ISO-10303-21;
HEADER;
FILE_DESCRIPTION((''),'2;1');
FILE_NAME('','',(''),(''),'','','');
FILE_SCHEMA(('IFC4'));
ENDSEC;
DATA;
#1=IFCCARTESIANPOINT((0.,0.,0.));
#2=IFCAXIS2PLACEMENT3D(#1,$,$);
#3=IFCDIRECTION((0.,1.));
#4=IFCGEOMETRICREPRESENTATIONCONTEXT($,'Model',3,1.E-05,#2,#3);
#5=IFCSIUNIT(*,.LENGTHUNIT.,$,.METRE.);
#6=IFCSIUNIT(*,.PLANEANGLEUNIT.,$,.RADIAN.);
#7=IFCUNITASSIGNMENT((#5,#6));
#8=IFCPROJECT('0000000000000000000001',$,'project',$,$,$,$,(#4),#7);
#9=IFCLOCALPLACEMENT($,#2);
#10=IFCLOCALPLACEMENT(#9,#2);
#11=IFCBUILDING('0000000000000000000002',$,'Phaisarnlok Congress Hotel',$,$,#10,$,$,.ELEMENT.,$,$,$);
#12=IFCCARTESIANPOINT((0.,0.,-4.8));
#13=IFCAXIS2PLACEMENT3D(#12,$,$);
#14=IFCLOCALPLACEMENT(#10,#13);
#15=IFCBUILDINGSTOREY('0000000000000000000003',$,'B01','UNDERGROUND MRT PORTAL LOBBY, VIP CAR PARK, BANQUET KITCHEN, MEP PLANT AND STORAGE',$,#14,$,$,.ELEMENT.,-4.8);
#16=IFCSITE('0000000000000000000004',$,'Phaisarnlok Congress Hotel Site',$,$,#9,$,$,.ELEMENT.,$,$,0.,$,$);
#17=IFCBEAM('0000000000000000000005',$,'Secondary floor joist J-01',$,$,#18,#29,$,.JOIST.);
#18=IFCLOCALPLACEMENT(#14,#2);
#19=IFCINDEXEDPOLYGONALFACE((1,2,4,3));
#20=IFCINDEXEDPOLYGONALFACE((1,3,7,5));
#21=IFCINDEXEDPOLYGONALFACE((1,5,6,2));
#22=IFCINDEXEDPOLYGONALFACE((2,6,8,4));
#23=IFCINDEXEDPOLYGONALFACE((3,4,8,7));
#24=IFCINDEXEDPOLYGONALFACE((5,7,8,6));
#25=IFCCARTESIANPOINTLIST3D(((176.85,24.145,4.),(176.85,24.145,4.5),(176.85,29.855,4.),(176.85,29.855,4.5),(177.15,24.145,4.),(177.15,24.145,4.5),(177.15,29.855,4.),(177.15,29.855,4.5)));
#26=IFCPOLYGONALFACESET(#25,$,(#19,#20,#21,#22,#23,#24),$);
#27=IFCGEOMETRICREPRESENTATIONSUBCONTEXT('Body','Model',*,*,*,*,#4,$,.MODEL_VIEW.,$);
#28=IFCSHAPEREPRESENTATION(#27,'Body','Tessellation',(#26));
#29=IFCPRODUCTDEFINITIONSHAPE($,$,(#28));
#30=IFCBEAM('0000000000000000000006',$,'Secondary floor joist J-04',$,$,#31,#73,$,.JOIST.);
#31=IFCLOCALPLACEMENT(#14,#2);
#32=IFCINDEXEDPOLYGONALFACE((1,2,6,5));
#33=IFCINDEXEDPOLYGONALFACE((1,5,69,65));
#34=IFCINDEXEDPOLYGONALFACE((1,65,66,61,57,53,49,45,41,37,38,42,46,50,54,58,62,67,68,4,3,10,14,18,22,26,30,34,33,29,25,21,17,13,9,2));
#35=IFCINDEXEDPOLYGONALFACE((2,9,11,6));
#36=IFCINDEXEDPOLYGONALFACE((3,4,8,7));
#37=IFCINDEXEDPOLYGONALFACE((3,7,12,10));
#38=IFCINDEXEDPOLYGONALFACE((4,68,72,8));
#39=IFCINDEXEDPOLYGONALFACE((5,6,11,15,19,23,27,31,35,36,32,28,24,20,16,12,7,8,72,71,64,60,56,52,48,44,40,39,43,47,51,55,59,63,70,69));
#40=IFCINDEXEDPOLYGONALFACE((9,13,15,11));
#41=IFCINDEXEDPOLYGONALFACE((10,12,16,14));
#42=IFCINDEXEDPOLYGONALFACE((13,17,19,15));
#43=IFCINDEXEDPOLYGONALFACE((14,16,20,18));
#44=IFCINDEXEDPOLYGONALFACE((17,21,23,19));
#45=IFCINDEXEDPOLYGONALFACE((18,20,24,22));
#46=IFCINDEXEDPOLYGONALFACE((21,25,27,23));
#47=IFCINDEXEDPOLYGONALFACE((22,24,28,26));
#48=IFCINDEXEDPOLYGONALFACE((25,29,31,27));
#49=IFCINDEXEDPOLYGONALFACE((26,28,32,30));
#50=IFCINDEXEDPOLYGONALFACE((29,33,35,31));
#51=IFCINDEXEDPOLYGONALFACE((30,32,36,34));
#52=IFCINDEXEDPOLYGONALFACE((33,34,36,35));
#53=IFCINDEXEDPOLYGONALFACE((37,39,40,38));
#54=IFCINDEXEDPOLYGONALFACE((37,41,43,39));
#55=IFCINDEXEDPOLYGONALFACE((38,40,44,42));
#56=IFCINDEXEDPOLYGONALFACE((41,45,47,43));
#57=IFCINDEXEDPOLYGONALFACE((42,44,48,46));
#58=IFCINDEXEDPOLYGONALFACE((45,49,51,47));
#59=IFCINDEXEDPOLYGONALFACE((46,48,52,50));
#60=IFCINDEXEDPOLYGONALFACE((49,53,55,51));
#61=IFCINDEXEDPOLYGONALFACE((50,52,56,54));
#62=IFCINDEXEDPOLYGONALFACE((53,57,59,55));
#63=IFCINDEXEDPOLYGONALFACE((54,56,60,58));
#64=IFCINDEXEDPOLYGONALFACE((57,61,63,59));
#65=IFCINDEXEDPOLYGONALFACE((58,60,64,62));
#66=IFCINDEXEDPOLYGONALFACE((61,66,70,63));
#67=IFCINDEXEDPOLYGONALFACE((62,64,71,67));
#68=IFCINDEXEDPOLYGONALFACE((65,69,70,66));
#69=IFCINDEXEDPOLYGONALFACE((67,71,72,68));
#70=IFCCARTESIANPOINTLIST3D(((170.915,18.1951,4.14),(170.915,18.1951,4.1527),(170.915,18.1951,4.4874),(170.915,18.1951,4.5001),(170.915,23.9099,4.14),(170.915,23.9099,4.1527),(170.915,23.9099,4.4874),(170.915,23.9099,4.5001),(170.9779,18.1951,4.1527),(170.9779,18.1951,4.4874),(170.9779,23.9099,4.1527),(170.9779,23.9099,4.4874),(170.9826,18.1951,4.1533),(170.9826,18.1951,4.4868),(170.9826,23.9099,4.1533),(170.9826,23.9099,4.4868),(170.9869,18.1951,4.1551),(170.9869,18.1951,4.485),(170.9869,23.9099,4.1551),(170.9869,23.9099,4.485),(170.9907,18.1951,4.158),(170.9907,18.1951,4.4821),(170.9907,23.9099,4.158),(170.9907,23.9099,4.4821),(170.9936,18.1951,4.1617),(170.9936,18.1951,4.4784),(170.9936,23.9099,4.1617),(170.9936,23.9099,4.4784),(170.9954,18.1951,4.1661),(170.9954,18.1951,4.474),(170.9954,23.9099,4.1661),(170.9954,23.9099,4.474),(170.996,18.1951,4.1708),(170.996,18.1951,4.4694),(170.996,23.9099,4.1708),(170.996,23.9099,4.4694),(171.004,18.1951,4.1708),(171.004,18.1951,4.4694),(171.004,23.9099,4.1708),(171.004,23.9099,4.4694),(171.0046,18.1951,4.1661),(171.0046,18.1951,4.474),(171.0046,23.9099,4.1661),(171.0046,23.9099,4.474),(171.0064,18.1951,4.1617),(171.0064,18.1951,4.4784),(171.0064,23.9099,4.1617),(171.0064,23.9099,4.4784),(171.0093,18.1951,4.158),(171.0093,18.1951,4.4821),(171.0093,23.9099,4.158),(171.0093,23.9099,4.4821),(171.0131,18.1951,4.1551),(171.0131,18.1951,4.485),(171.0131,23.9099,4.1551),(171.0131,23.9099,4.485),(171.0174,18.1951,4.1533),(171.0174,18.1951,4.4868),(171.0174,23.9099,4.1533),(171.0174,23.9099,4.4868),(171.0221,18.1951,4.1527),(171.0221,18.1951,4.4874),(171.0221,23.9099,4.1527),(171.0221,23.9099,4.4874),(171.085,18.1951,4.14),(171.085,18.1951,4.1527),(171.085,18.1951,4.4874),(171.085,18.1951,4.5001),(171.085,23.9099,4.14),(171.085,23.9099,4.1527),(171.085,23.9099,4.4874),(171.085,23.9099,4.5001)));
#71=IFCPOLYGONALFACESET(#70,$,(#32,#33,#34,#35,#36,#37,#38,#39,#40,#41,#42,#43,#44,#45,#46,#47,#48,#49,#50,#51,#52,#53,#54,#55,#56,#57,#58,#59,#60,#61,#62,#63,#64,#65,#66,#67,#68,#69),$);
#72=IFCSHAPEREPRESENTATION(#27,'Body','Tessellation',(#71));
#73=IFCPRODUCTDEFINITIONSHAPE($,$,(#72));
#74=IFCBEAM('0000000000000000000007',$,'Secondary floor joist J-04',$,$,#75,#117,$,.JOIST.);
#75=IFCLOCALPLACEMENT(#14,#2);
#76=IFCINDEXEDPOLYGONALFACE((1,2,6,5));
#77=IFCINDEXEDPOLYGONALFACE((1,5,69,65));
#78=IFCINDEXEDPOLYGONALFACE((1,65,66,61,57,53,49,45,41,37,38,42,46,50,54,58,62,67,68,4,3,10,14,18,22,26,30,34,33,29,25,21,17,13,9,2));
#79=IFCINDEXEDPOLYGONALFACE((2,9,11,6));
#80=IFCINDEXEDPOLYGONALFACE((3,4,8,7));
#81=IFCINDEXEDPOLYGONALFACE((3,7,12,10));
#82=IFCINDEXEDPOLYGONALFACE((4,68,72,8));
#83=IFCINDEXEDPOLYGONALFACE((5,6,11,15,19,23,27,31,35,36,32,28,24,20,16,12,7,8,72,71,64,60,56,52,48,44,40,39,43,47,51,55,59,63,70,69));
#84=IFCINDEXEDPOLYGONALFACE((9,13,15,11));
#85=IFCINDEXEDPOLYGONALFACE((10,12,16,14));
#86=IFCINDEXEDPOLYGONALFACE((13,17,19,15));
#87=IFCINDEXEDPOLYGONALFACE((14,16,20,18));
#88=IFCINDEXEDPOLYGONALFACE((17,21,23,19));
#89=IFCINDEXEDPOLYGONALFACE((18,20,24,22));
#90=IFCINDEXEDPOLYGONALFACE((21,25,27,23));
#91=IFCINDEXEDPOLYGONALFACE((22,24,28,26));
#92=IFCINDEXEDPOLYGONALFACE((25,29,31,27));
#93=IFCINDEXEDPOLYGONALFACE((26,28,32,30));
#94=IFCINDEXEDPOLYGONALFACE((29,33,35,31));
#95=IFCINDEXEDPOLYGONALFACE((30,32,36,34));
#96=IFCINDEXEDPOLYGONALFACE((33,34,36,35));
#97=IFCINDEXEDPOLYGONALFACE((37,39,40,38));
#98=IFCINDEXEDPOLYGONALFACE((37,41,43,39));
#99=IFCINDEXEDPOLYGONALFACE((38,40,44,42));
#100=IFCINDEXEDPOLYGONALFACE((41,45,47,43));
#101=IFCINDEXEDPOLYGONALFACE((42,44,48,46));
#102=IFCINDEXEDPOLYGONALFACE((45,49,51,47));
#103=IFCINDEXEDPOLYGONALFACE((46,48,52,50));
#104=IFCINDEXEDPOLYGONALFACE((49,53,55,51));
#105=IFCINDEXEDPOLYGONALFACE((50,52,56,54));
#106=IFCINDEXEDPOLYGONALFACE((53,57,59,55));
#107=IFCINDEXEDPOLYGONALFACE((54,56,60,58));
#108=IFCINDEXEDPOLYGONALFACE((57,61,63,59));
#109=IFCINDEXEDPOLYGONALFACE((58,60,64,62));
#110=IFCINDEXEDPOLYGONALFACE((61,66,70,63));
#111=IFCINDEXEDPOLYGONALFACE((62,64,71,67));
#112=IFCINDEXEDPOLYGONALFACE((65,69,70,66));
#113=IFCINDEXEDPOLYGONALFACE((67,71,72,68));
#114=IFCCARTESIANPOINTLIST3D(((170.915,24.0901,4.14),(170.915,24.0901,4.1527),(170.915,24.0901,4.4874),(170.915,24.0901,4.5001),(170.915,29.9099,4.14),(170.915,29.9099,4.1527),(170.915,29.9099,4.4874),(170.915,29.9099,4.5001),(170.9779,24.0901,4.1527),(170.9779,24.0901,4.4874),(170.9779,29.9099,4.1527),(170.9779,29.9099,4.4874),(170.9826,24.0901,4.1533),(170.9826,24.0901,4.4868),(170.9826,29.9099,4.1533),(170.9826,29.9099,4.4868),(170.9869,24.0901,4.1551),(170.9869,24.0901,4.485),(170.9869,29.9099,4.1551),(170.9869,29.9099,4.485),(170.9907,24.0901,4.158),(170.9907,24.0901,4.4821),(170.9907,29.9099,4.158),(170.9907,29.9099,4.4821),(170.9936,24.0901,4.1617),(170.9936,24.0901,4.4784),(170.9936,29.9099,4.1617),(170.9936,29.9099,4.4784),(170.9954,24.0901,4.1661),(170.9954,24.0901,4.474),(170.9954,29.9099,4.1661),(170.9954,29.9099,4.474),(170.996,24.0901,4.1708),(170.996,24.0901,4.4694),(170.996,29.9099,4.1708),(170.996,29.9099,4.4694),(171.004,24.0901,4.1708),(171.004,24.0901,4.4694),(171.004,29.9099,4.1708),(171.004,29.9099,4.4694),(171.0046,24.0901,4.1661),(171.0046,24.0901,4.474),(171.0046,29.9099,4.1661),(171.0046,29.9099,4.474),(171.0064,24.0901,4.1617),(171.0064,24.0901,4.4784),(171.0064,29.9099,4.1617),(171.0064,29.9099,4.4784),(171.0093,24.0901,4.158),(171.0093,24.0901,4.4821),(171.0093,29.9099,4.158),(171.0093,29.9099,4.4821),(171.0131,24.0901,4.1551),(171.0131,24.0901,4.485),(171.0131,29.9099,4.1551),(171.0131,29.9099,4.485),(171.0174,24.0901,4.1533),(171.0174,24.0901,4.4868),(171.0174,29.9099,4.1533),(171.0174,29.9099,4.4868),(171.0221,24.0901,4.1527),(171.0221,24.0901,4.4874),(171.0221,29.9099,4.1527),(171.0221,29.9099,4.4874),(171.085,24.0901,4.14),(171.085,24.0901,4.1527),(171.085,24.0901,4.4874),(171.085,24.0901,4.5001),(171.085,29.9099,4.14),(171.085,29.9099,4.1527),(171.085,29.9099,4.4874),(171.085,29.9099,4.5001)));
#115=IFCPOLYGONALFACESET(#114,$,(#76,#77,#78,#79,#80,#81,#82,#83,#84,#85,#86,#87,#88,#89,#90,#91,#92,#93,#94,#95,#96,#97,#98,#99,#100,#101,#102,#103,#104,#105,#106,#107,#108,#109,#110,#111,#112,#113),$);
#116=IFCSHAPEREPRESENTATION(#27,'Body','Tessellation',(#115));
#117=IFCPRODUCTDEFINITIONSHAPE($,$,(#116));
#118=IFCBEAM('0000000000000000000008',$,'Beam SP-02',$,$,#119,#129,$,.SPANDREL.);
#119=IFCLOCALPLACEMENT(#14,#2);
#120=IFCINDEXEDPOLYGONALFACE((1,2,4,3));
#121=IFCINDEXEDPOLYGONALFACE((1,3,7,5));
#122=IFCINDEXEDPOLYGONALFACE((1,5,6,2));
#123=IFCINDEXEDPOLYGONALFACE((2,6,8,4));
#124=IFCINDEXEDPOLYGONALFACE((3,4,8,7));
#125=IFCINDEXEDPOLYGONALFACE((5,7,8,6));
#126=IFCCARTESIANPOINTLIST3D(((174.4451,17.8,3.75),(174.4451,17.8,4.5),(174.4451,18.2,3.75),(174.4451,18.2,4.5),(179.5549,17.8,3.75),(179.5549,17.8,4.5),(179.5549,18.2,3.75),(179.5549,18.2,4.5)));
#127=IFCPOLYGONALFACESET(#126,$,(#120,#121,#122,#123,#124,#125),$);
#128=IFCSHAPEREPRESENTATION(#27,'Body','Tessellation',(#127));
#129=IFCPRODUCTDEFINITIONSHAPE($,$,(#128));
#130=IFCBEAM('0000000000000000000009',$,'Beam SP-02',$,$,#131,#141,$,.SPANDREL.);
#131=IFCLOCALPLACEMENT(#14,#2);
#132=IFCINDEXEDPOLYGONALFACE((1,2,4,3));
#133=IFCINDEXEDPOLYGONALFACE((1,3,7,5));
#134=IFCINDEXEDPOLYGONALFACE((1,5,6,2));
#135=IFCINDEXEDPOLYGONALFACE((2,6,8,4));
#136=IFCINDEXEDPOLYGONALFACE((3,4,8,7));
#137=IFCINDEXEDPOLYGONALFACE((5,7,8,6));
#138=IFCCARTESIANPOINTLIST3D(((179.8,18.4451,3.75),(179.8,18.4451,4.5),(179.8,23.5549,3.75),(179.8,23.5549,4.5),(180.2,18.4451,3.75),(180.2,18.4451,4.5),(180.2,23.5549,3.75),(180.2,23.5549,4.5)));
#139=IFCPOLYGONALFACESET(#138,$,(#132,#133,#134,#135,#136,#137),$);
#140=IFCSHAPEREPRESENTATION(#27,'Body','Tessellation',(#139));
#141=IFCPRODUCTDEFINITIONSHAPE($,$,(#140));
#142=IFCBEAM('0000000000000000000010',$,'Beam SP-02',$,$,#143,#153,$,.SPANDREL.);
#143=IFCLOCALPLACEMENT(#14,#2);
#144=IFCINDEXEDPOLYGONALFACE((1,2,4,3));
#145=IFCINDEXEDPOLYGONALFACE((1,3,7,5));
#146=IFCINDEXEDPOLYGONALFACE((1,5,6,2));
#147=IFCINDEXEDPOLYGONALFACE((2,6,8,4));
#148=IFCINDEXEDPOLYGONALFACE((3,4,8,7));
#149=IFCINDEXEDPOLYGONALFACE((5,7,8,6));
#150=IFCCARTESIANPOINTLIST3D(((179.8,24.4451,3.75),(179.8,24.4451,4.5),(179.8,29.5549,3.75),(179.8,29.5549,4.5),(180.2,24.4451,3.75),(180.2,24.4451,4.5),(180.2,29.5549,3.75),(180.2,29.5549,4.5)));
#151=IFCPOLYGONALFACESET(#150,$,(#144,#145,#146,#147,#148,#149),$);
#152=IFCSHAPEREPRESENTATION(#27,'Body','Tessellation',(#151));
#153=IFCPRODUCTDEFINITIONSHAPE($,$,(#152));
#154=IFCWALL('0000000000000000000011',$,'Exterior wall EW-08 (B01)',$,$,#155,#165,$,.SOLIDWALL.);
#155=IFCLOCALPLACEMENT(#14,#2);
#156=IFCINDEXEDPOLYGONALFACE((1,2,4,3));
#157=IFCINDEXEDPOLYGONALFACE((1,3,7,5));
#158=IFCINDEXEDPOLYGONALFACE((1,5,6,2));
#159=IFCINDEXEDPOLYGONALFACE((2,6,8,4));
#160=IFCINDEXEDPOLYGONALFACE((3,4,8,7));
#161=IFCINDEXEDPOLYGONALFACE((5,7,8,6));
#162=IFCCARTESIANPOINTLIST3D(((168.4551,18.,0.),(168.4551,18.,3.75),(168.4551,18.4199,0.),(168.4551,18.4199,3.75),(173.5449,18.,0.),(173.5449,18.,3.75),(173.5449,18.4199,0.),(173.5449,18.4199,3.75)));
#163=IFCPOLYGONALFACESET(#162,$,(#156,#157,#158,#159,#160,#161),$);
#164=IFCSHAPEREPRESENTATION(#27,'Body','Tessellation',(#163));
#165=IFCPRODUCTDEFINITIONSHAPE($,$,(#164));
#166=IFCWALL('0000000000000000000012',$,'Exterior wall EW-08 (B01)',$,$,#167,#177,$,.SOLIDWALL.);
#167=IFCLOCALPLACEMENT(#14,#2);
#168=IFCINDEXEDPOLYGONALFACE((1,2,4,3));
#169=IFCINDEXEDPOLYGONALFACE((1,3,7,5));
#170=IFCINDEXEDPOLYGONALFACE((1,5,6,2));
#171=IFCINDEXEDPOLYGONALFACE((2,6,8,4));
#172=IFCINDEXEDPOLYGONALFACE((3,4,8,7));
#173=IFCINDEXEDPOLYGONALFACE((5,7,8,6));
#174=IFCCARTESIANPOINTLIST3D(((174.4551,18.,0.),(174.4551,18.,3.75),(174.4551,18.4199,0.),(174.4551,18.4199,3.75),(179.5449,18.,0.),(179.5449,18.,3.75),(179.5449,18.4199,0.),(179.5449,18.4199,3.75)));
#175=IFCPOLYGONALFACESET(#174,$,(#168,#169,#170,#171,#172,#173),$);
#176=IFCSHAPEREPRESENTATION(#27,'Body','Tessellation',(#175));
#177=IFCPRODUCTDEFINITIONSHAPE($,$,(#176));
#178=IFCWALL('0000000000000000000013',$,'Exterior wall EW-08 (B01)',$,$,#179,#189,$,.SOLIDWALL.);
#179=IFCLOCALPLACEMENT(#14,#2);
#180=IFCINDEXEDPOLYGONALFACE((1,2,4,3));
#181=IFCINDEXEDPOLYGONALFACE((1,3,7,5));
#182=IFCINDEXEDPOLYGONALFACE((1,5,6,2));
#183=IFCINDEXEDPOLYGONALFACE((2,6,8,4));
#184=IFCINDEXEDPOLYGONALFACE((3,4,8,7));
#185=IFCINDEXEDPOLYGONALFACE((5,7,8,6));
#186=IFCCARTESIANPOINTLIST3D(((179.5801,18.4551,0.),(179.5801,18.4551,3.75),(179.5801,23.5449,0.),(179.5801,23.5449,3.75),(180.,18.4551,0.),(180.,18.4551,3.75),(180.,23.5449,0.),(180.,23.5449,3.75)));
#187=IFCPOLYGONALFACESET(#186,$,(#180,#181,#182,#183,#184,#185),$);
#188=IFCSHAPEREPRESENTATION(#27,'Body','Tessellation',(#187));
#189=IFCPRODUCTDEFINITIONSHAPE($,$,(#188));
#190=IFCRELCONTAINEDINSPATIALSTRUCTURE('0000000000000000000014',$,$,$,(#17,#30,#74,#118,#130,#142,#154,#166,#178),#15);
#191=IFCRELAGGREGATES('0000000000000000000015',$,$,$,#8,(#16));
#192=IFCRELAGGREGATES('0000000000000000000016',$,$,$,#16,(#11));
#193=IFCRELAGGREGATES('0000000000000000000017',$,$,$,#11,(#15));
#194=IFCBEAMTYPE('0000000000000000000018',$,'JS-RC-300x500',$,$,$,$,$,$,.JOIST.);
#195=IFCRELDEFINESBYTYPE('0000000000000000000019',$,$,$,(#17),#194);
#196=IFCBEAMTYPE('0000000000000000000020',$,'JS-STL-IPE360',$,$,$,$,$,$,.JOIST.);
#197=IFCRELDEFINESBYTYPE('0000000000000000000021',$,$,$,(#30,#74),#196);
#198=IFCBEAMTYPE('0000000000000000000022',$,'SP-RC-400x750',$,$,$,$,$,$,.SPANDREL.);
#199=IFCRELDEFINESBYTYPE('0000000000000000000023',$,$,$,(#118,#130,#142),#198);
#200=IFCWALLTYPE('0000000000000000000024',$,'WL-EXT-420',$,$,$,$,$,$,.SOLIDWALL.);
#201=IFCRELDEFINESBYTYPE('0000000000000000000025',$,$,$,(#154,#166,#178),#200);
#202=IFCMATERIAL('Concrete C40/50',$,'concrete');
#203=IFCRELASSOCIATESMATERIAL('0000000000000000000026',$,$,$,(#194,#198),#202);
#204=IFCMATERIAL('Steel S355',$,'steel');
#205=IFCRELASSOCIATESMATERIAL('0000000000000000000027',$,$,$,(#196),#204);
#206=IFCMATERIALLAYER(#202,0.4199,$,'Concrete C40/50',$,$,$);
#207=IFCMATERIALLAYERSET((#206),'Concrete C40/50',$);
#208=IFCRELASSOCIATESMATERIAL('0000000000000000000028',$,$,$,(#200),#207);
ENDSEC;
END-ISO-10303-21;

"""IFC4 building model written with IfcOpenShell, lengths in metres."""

from ifc_helpers import new_model, si_unit, direction, frame, frame_2d, origin, origin_2d, place, context, subcontext, project, spatial, rectangle, i_section, extrude, material, layer, layer_set, material_profile, profile_set, type_object, element, save


model = new_model("IFC4")

# Units and contexts
model_context = context("Model", 3, precision=1e-05, world=origin(), true_north=direction((0.0, 1.0)))
body_context = subcontext(model_context, "Body", "Model", "MODEL_VIEW")
ifc_project = project(units=[si_unit("LENGTHUNIT", "METRE"), si_unit("PLANEANGLEUNIT", "RADIAN")], contexts=[model_context])

# Site, building, storey
site_placement = place(None, origin())
site = spatial("IfcSite", under=ifc_project, at=site_placement, Name="Phaisarnlok Congress Hotel Site", CompositionType="ELEMENT", RefElevation=0.0)
building_placement = place(site_placement, origin())
building = spatial("IfcBuilding", under=site, at=building_placement, Name="Phaisarnlok Congress Hotel", CompositionType="ELEMENT")
storey_placement = place(building_placement, frame((0.0, 0.0, -4.8)))
storey = spatial("IfcBuildingStorey", under=building, at=storey_placement, Name="B01", Description="UNDERGROUND MRT PORTAL LOBBY, VIP CAR PARK, BANQUET KITCHEN, MEP PLANT AND STORAGE", CompositionType="ELEMENT", Elevation=-4.8)

# Shared definitions
ifc_material_1 = material(Name="Concrete C40/50", Category="concrete")

# Beams
ifc_material_2 = material(Name="Steel S355", Category="steel")
ifc_material_profile_1 = material_profile(ifc_material_1, rectangle(XDim=0.3, YDim=0.5, at=origin_2d()), Name="RC 300x500")
ifc_profile_set_1 = profile_set([ifc_material_profile_1], Name="Concrete C40/50")
beam_type_1 = type_object("IfcBeamType", Name="JS-RC-300x500", PredefinedType="JOIST", material=ifc_profile_set_1)
beam_1_placement = place(storey_placement, frame((177.0, 24.145, 4.25), z_axis=(0.0, 1.0, 0.0), x_axis=(-1.0, 0.0, 0.0)))
element("IfcBeam", 1, at=beam_1_placement, inside=storey, type_object=beam_type_1, Name="Secondary floor joist J-01", PredefinedType="JOIST", context=body_context, shape_type="SweptSolid", body=[
    extrude(rectangle(XDim=0.3, YDim=0.5, at=origin_2d()), origin(), (0.0, 0.0, 1.0), 5.71),
])
ifc_material_profile_2 = material_profile(ifc_material_2, i_section(OverallWidth=0.1699, OverallDepth=0.3601, WebThickness=0.0081, FlangeThickness=0.0127, FilletRadius=0.0181, at=origin_2d()), Name="IPE 360")
ifc_profile_set_2 = profile_set([ifc_material_profile_2], Name="Steel S355")
beam_type_2 = type_object("IfcBeamType", Name="JS-STL-IPE360", PredefinedType="JOIST", material=ifc_profile_set_2)
beam_2_placement = place(storey_placement, frame((171.0, 18.1951, 4.3201), z_axis=(0.0, 1.0, 0.0), x_axis=(-1.0, 0.0, 0.0)))
element("IfcBeam", 2, at=beam_2_placement, inside=storey, type_object=beam_type_2, Name="Secondary floor joist J-04", PredefinedType="JOIST", context=body_context, shape_type="SweptSolid", body=[
    extrude(i_section(OverallWidth=0.1699, OverallDepth=0.3601, WebThickness=0.0081, FlangeThickness=0.0127, FilletRadius=0.0181, at=origin_2d()), origin(), (0.0, 0.0, 1.0), 5.7148),
])
beam_3_placement = place(storey_placement, frame((171.0, 24.0901, 4.3201), z_axis=(0.0, 1.0, 0.0), x_axis=(-1.0, 0.0, 0.0)))
element("IfcBeam", 3, at=beam_3_placement, inside=storey, type_object=beam_type_2, Name="Secondary floor joist J-04", PredefinedType="JOIST", context=body_context, shape_type="SweptSolid", body=[
    extrude(i_section(OverallWidth=0.1699, OverallDepth=0.3601, WebThickness=0.0081, FlangeThickness=0.0127, FilletRadius=0.0181, at=origin_2d()), origin(), (0.0, 0.0, 1.0), 5.8198),
])
ifc_material_profile_3 = material_profile(ifc_material_1, rectangle(XDim=0.3999, YDim=0.75, at=origin_2d()), Name="RC 400x750")
ifc_profile_set_3 = profile_set([ifc_material_profile_3], Name="Concrete C40/50")
beam_type_3 = type_object("IfcBeamType", Name="SP-RC-400x750", PredefinedType="SPANDREL", material=ifc_profile_set_3)
for number, where, z_axis, x_axis, name in (
    (4, (174.4451, 18.0, 4.125), (1.0, 0.0, 0.0), (0.0, 1.0, 0.0), "Beam SP-02"),
    (5, (180.0, 18.4451, 4.125), (0.0, 1.0, 0.0), (-1.0, 0.0, 0.0), "Beam SP-02"),
    (6, (180.0, 24.4451, 4.125), (0.0, 1.0, 0.0), (-1.0, 0.0, 0.0), "Beam SP-02"),
):
    element("IfcBeam", number, at=place(storey_placement, frame(where, z_axis=z_axis, x_axis=x_axis)), inside=storey, type_object=beam_type_3, Name=name, PredefinedType="SPANDREL", context=body_context, shape_type="SweptSolid", body=[
        extrude(rectangle(XDim=0.3999, YDim=0.75, at=origin_2d()), origin(), (0.0, 0.0, 1.0), 5.1099),
    ])

# Walls
ifc_layer = layer(ifc_material_1, 0.4199, Name="Concrete C40/50")
ifc_layer_set = layer_set([ifc_layer], Name="Concrete C40/50")
wall_type = type_object("IfcWallType", Name="WL-EXT-420", PredefinedType="SOLIDWALL", material=ifc_layer_set)
for number, where, z_axis, x_axis, name in (
    (7, (168.4551, 18.21, 0.0), (0.0, 0.0, 1.0), (1.0, 0.0, 0.0), "Exterior wall EW-08 (B01)"),
    (8, (174.4551, 18.21, 0.0), (0.0, 0.0, 1.0), (1.0, 0.0, 0.0), "Exterior wall EW-08 (B01)"),
    (9, (179.79, 18.4551, 0.0), (0.0, 0.0, 1.0), (0.0, 1.0, 0.0), "Exterior wall EW-08 (B01)"),
):
    element("IfcWall", number, at=place(storey_placement, frame(where, z_axis=z_axis, x_axis=x_axis)), inside=storey, type_object=wall_type, Name=name, PredefinedType="SOLIDWALL", context=body_context, shape_type="SweptSolid", body=[
        extrude(rectangle(XDim=5.0898, YDim=0.4199, at=frame_2d((2.5449, 0.0))), origin(), (0.0, 0.0, 1.0), 3.75),
    ])

save(model, "model.ifc")
